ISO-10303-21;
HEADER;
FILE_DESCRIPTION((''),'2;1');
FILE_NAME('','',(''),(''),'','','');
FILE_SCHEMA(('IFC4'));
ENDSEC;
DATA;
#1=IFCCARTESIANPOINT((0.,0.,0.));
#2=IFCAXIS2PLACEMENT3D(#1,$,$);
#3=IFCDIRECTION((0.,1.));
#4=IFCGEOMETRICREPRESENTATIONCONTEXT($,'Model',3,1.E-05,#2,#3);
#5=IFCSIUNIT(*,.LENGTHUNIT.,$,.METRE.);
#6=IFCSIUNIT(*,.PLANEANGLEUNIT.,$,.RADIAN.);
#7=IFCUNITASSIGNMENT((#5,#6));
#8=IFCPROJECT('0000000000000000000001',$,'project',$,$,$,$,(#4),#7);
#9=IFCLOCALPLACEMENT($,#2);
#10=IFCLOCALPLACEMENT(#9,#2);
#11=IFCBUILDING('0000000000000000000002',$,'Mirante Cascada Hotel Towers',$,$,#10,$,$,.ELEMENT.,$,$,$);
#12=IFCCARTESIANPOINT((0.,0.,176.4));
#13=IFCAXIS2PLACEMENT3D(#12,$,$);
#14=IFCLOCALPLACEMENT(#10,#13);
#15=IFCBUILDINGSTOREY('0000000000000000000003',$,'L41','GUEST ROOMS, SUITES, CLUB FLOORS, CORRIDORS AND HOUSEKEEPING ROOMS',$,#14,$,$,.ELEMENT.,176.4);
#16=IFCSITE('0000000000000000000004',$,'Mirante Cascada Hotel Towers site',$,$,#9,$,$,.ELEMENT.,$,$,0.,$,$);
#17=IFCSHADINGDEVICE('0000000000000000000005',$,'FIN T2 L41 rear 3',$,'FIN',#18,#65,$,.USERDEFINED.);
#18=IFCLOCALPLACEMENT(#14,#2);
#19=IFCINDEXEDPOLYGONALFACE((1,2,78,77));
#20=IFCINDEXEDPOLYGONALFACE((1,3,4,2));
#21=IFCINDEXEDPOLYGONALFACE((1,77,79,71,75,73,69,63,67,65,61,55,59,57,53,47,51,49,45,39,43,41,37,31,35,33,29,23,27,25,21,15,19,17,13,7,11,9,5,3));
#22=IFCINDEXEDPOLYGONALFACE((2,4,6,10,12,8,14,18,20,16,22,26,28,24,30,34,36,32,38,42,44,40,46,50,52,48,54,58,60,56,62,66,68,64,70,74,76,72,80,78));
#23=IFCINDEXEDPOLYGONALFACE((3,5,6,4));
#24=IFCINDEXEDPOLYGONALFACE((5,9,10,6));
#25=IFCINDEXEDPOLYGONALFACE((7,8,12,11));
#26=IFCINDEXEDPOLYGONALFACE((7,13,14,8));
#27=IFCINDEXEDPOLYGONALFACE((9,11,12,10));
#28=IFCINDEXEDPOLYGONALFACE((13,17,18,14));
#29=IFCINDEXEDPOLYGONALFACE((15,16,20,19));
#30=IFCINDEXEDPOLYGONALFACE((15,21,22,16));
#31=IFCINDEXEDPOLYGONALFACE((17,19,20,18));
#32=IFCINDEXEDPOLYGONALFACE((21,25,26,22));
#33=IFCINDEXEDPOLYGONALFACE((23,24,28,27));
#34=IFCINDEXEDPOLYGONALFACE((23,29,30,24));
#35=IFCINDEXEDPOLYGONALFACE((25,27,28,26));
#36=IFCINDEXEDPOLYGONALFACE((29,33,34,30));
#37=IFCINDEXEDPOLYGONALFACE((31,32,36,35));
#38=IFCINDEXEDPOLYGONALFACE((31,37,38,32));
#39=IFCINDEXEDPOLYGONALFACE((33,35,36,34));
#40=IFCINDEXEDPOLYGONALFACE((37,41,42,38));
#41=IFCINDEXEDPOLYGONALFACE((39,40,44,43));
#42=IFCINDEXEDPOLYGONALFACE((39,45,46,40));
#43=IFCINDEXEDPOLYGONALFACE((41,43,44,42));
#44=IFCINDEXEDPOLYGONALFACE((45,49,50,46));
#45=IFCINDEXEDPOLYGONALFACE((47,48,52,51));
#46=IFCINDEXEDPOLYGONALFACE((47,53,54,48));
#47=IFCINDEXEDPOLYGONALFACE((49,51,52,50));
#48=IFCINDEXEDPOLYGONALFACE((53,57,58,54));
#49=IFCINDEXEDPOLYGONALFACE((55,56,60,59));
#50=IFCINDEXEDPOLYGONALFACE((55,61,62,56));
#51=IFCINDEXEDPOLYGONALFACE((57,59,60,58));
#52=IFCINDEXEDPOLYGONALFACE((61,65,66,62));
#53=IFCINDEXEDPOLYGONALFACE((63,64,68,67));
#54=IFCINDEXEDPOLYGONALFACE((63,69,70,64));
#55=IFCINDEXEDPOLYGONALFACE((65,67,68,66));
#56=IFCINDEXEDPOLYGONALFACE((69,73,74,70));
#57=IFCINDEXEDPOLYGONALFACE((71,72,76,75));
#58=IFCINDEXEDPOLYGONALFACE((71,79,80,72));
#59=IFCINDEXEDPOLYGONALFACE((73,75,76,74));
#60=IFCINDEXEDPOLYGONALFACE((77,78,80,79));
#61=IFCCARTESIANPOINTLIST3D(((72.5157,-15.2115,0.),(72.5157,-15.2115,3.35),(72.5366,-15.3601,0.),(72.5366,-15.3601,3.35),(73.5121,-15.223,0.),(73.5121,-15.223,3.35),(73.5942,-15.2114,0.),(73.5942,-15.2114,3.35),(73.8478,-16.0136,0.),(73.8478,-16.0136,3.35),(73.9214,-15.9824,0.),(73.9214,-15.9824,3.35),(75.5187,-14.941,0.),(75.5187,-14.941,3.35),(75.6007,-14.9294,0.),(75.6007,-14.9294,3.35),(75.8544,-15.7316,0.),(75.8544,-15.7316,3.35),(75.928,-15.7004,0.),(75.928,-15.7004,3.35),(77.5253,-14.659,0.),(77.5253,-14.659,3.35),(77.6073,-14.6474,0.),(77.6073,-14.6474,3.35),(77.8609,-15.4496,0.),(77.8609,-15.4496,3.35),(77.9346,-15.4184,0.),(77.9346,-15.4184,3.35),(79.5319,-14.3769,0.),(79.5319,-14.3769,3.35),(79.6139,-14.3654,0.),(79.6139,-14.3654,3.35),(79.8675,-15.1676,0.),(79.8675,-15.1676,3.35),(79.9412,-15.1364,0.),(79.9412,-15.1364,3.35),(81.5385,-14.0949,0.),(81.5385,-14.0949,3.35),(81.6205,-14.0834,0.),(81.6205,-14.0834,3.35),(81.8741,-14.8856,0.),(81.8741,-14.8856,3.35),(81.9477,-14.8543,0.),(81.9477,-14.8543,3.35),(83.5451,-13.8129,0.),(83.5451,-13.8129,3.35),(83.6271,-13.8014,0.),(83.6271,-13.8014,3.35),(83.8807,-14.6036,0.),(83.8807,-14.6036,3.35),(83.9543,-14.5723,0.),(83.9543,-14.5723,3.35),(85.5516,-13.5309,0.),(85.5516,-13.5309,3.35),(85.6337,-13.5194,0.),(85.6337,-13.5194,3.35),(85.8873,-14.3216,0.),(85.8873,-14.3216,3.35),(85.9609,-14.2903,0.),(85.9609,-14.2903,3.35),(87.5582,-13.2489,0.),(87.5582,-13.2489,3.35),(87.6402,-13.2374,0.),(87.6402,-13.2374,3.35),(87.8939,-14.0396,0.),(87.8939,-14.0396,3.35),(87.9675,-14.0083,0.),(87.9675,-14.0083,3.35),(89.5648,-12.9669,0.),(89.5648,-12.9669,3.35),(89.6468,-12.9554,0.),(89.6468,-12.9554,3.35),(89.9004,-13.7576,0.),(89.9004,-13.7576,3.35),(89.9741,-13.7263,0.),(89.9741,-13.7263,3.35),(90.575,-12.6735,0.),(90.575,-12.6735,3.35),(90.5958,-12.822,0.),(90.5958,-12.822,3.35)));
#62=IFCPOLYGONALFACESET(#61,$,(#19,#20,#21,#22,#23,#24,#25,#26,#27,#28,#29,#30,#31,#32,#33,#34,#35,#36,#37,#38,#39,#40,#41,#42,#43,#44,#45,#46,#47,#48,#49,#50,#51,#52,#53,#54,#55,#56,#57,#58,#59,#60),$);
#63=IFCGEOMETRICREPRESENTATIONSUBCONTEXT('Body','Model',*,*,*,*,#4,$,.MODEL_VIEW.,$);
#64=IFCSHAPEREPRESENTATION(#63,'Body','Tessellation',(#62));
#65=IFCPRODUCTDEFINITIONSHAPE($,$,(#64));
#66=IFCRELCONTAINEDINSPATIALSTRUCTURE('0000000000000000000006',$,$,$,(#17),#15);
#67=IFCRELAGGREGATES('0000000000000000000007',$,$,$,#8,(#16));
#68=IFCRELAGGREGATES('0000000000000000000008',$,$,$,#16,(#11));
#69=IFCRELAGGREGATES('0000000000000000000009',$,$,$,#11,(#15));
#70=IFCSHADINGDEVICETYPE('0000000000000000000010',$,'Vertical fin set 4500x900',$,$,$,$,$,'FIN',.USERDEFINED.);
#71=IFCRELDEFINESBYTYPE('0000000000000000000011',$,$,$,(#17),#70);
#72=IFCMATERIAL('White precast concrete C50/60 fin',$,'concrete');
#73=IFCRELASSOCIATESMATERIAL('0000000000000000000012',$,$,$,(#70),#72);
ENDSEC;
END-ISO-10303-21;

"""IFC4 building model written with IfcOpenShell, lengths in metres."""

from ifc_helpers import new_model, si_unit, direction, frame, origin, place, context, subcontext, project, spatial, polyline, outline, extrude, material, type_object, element, save


model = new_model("IFC4")

# Units and contexts
model_context = context("Model", 3, precision=1e-05, world=origin(), true_north=direction((0.0, 1.0)))
body_context = subcontext(model_context, "Body", "Model", "MODEL_VIEW")
ifc_project = project(units=[si_unit("LENGTHUNIT", "METRE"), si_unit("PLANEANGLEUNIT", "RADIAN")], contexts=[model_context])

# Site, building, storey
site_placement = place(None, origin())
site = spatial("IfcSite", under=ifc_project, at=site_placement, Name="Mirante Cascada Hotel Towers site", CompositionType="ELEMENT", RefElevation=0.0)
building_placement = place(site_placement, origin())
building = spatial("IfcBuilding", under=site, at=building_placement, Name="Mirante Cascada Hotel Towers", CompositionType="ELEMENT")
storey_placement = place(building_placement, frame((0.0, 0.0, 176.4)))
storey = spatial("IfcBuildingStorey", under=building, at=storey_placement, Name="L41", Description="GUEST ROOMS, SUITES, CLUB FLOORS, CORRIDORS AND HOUSEKEEPING ROOMS", CompositionType="ELEMENT", Elevation=176.4)

# Shading device
ifc_material_1 = material(Name="White precast concrete C50/60 fin", Category="concrete")
shading_device_type = type_object("IfcShadingDeviceType", Name="Vertical fin set 4500x900", ElementType="FIN", PredefinedType="USERDEFINED", material=ifc_material_1)
shading_device_1_placement = place(storey_placement, origin())
element("IfcShadingDevice", 1, at=shading_device_1_placement, inside=storey, type_object=shading_device_type, Name="FIN T2 L41 rear 3", ObjectType="FIN", PredefinedType="USERDEFINED", context=body_context, shape_type="SweptSolid", body=[
    extrude(outline(polyline([(73.8478, -16.0136), (73.5121, -15.223), (72.5366, -15.3601), (72.5157, -15.2115), (90.575, -12.6735), (90.5958, -12.822), (89.6468, -12.9554), (89.9741, -13.7263), (89.9004, -13.7576), (89.5648, -12.9669), (87.6402, -13.2374), (87.9675, -14.0083), (87.8939, -14.0396), (87.5582, -13.2489), (85.6337, -13.5194), (85.9609, -14.2903), (85.8873, -14.3216), (85.5516, -13.5309), (83.6271, -13.8014), (83.9543, -14.5723), (83.8807, -14.6036), (83.5451, -13.8129), (81.6205, -14.0834), (81.9477, -14.8543), (81.8741, -14.8856), (81.5385, -14.0949), (79.6139, -14.3654), (79.9412, -15.1364), (79.8675, -15.1676), (79.5319, -14.3769), (77.6073, -14.6474), (77.9346, -15.4184), (77.8609, -15.4496), (77.5253, -14.659), (75.6007, -14.9294), (75.928, -15.7004), (75.8544, -15.7316), (75.5187, -14.941), (73.5942, -15.2114), (73.9214, -15.9824), (73.8478, -16.0136)])), origin(), (0.0, 0.0, 1.0), 3.35),
])

save(model, "model.ifc")
